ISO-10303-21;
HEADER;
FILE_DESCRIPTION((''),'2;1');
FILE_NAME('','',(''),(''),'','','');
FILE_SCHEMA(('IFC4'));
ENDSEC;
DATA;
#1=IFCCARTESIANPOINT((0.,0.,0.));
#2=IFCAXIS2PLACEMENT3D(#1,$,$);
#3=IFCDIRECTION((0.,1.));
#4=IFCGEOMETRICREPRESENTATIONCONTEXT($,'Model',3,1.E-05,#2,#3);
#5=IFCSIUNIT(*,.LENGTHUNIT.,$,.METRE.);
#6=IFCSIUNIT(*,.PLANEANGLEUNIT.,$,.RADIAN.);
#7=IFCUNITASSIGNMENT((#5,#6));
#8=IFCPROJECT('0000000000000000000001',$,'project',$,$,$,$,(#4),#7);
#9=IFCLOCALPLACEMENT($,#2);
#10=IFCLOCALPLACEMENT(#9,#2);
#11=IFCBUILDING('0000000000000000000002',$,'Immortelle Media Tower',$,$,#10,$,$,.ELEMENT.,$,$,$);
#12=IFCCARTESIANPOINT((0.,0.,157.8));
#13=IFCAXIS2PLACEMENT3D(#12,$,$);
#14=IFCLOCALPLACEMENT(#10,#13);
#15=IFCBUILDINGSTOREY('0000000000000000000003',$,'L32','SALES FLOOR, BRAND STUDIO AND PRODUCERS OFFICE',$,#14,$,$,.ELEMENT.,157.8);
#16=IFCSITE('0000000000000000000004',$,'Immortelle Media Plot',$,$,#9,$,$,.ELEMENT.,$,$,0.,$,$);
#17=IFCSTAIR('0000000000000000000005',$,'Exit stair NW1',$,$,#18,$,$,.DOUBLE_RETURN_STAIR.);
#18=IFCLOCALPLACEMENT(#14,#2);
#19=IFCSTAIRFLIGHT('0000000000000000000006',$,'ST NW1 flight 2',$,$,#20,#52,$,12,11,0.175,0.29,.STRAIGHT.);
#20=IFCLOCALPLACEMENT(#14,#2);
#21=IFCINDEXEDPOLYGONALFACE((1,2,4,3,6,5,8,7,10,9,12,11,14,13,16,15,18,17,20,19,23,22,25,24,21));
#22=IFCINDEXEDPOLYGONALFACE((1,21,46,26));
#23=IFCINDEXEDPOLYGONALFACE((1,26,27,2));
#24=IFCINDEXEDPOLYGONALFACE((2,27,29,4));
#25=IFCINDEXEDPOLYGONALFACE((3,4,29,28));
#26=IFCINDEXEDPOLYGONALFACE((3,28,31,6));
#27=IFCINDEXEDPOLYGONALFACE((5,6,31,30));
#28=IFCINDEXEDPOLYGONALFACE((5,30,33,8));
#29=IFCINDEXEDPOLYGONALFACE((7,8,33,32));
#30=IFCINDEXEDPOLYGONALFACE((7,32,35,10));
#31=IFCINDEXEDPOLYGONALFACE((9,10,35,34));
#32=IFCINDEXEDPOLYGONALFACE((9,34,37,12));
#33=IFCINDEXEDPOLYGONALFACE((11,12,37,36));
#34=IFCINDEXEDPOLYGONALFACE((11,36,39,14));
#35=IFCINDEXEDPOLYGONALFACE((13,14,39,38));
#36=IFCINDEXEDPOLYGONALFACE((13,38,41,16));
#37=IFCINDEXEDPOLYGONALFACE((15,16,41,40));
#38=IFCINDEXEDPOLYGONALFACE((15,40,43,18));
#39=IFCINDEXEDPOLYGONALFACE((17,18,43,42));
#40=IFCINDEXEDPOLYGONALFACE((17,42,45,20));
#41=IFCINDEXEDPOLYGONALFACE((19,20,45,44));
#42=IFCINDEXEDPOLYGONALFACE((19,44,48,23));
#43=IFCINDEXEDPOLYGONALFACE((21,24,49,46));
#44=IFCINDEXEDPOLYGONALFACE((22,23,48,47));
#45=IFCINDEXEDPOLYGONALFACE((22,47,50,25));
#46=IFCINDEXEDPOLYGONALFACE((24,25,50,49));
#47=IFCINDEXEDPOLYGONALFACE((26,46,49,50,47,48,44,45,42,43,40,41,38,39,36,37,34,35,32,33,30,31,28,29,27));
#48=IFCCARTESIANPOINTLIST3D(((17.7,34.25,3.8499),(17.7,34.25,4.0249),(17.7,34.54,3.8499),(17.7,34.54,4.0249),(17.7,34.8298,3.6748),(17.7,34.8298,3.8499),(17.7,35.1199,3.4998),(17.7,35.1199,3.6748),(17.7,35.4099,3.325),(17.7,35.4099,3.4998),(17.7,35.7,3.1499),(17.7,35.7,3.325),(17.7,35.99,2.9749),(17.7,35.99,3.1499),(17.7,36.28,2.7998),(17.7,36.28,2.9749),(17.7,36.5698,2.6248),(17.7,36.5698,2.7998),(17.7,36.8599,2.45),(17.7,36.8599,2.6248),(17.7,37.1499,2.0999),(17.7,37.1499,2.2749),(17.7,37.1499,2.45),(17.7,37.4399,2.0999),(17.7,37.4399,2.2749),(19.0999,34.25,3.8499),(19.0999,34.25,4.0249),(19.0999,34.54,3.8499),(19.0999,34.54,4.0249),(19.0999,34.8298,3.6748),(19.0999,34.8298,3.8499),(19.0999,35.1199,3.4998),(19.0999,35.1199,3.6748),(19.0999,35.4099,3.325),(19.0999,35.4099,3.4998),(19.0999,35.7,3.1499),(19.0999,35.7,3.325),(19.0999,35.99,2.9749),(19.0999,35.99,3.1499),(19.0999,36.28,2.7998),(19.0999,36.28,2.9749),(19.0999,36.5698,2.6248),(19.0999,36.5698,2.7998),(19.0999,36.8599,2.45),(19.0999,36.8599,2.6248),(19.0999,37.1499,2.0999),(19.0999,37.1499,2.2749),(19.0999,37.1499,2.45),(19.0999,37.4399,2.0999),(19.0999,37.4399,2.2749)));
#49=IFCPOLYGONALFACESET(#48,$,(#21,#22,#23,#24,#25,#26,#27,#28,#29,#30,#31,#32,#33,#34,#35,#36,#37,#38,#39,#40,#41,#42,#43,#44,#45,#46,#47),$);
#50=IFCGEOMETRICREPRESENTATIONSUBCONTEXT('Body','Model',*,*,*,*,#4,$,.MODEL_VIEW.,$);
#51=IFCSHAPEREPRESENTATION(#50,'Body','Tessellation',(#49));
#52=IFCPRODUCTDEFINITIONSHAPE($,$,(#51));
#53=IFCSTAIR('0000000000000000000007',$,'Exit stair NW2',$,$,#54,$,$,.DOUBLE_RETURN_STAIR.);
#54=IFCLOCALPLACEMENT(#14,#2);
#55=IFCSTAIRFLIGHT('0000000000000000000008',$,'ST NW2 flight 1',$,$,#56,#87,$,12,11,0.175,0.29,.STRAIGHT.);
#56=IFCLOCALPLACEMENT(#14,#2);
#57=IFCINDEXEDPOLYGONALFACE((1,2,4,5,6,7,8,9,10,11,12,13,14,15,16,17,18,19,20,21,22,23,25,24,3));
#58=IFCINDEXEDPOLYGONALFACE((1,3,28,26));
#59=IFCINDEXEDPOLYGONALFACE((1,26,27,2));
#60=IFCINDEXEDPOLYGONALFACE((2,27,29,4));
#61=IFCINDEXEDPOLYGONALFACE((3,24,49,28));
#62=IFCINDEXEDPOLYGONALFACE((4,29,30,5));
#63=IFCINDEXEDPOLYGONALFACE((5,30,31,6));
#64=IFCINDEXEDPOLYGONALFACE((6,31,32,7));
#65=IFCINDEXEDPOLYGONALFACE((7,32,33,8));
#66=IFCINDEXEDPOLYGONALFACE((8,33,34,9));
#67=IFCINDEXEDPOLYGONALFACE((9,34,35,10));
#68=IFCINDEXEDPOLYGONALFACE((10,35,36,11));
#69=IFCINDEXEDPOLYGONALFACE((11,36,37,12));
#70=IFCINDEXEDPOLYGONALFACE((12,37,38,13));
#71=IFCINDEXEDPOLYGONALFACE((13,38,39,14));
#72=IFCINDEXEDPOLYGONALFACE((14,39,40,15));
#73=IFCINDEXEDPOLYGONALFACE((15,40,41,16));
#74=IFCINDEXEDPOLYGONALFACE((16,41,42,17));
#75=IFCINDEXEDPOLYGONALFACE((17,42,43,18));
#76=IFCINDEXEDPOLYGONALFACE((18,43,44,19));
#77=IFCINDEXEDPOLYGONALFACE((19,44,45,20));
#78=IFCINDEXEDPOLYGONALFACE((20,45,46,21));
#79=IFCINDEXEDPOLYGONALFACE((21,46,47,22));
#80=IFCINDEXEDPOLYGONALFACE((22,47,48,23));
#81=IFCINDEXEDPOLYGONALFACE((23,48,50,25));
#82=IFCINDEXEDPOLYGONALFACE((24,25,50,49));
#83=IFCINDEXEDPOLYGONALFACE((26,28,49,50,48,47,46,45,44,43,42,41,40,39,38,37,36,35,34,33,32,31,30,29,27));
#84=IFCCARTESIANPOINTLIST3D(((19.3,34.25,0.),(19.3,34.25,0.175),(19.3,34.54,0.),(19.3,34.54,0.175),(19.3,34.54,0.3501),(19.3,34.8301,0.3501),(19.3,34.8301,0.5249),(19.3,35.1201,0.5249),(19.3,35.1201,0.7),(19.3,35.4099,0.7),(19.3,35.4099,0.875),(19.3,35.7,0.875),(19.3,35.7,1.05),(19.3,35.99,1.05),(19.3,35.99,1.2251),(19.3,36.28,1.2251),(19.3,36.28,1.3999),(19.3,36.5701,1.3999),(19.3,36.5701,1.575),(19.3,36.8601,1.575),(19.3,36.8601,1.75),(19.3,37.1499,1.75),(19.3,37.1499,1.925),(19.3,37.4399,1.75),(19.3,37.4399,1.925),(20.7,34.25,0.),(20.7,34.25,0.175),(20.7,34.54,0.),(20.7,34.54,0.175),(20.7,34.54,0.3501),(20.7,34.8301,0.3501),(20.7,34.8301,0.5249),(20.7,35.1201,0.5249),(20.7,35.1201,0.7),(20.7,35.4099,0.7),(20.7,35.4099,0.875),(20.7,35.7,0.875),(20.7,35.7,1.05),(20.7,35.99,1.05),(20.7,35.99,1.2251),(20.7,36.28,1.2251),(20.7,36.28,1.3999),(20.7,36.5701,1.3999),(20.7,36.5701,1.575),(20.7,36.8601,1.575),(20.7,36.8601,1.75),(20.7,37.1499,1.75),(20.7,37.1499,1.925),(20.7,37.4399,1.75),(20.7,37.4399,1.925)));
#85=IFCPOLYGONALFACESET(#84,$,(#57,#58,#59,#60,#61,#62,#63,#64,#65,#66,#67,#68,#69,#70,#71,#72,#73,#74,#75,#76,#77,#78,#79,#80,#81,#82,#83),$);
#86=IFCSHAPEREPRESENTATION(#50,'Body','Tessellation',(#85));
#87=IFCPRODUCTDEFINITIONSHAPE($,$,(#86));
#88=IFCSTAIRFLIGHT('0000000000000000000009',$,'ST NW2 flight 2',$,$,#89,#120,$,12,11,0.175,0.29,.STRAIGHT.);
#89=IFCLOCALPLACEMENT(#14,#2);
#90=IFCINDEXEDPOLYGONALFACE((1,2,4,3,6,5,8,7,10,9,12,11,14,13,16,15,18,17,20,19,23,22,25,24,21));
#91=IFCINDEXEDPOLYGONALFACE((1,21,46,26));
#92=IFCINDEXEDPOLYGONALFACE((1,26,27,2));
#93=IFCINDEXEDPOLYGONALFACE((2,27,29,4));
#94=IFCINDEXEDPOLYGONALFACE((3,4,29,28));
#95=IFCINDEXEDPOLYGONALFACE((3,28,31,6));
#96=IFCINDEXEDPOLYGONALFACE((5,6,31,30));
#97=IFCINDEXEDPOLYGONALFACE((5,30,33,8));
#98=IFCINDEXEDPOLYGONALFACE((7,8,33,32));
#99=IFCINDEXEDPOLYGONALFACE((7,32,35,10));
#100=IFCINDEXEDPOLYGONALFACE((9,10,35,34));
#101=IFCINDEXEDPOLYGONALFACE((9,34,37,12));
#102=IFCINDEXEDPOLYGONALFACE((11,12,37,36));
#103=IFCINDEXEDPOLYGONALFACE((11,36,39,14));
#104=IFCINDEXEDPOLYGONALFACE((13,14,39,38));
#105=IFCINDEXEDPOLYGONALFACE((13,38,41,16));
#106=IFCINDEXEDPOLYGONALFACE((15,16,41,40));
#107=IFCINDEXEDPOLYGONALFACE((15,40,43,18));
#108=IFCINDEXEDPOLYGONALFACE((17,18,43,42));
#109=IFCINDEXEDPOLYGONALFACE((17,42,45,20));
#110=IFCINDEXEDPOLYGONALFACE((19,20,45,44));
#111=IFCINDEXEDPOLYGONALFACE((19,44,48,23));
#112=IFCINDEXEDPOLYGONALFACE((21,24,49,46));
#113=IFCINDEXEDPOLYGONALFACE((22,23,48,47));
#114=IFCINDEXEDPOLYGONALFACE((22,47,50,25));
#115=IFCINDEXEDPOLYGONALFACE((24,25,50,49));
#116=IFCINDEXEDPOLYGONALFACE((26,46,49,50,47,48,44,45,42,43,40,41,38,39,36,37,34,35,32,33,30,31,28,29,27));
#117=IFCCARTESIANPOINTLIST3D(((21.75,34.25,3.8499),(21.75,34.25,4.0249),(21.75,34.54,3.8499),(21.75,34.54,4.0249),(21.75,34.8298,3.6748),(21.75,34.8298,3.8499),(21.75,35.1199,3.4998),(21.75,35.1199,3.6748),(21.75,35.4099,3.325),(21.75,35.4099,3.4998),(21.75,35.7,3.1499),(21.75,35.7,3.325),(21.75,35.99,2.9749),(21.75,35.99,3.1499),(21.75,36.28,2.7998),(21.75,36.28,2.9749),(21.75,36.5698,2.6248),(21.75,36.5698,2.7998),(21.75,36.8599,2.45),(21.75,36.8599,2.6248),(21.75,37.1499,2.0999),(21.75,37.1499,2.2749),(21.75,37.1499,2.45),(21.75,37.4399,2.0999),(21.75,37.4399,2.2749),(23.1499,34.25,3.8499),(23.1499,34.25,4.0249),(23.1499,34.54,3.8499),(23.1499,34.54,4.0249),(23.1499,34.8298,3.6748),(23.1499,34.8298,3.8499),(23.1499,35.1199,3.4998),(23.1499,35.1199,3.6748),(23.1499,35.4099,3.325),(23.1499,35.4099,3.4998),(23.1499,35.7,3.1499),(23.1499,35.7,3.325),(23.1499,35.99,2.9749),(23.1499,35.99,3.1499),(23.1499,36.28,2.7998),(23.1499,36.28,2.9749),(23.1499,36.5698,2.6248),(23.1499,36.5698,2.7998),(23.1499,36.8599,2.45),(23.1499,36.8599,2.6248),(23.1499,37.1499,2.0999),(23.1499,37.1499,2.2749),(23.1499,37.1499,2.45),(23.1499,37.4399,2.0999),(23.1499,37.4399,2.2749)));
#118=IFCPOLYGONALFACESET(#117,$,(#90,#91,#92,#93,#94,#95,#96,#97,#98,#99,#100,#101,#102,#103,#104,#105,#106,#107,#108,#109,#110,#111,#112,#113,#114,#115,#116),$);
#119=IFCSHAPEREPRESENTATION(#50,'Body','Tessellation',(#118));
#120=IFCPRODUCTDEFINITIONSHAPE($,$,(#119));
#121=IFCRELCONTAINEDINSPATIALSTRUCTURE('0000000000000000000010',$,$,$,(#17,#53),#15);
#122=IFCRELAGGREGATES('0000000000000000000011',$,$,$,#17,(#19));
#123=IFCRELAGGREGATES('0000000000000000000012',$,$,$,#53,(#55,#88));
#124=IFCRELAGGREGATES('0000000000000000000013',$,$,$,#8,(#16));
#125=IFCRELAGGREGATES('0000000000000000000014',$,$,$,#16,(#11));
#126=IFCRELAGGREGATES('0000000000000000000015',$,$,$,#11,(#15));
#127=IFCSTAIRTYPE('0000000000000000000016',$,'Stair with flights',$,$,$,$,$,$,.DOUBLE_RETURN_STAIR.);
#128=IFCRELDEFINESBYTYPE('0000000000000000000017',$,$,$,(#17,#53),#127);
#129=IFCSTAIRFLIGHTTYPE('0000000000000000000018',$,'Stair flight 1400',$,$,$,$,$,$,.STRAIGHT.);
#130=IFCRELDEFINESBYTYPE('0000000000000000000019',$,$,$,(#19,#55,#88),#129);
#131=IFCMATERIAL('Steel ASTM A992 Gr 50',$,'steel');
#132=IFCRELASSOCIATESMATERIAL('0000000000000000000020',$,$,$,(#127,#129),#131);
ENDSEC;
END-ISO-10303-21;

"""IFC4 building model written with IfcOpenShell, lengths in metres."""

from ifc_helpers import new_model, si_unit, direction, frame, origin, place, context, subcontext, project, spatial, polyline, outline, extrude, material, type_object, element, aggregate, save


model = new_model("IFC4")

# Units and contexts
model_context = context("Model", 3, precision=1e-05, world=origin(), true_north=direction((0.0, 1.0)))
body_context = subcontext(model_context, "Body", "Model", "MODEL_VIEW")
ifc_project = project(units=[si_unit("LENGTHUNIT", "METRE"), si_unit("PLANEANGLEUNIT", "RADIAN")], contexts=[model_context])

# Site, building, storey
site_placement = place(None, origin())
site = spatial("IfcSite", under=ifc_project, at=site_placement, Name="Immortelle Media Plot", CompositionType="ELEMENT", RefElevation=0.0)
building_placement = place(site_placement, origin())
building = spatial("IfcBuilding", under=site, at=building_placement, Name="Immortelle Media Tower", CompositionType="ELEMENT")
storey_placement = place(building_placement, frame((0.0, 0.0, 157.8)))
storey = spatial("IfcBuildingStorey", under=building, at=storey_placement, Name="L32", Description="SALES FLOOR, BRAND STUDIO AND PRODUCERS OFFICE", CompositionType="ELEMENT", Elevation=157.8)

# Shared definitions
ifc_material_1 = material(Name="Steel ASTM A992 Gr 50", Category="steel")

# Stairs, stair flights
stair_type = type_object("IfcStairType", Name="Stair with flights", PredefinedType="DOUBLE_RETURN_STAIR", material=ifc_material_1)
stair_1_placement = place(storey_placement, origin())
stair_1 = element("IfcStair", 1, at=stair_1_placement, inside=storey, type_object=stair_type, Name="Exit stair NW1", PredefinedType="DOUBLE_RETURN_STAIR")
stair_flight_type = type_object("IfcStairFlightType", Name="Stair flight 1400", PredefinedType="STRAIGHT", material=ifc_material_1)
stair_flight_1_placement = place(storey_placement, frame((18.3999, 37.4399, 2.0999), z_axis=(0.0, 0.0, 1.0), x_axis=(0.0, -1.0, 0.0)))
stair_flight_1 = element("IfcStairFlight", 2, at=stair_flight_1_placement, type_object=stair_flight_type, Name="ST NW1 flight 2", NumberOfRisers=12, NumberOfTreads=11, PredefinedType="STRAIGHT", RiserHeight=0.175, TreadLength=0.29, context=body_context, shape_type="SweptSolid", body=[
    extrude(outline(polyline([(0.0, 0.0), (0.0, 0.175), (0.29, 0.175), (0.29, 0.3501), (0.5801, 0.3501), (0.5801, 0.5249), (0.8701, 0.5249), (0.8701, 0.7), (1.1599, 0.7), (1.1599, 0.875), (1.45, 0.875), (1.45, 1.05), (1.74, 1.05), (1.74, 1.2251), (2.03, 1.2251), (2.03, 1.3999), (2.3201, 1.3999), (2.3201, 1.575), (2.6101, 1.575), (2.6101, 1.75), (2.8999, 1.75), (2.8999, 1.925), (3.1899, 1.925), (3.1899, 2.1001), (3.1899, 1.75), (0.29, 0.0), (0.0, 0.0)])), frame((0.0, 0.7, 0.0), z_axis=(0.0, -1.0, 0.0), x_axis=(1.0, 0.0, 0.0)), (0.0, 0.0, 1.0), 1.3999),
])
aggregate(stair_1, [stair_flight_1])
stair_2_placement = place(storey_placement, origin())
stair_2 = element("IfcStair", 3, at=stair_2_placement, inside=storey, type_object=stair_type, Name="Exit stair NW2", PredefinedType="DOUBLE_RETURN_STAIR")
stair_flight_2_placement = place(storey_placement, frame((20.0, 34.25, 0.0), z_axis=(0.0, 0.0, 1.0), x_axis=(0.0, 1.0, 0.0)))
stair_flight_2 = element("IfcStairFlight", 4, at=stair_flight_2_placement, type_object=stair_flight_type, Name="ST NW2 flight 1", NumberOfRisers=12, NumberOfTreads=11, PredefinedType="STRAIGHT", RiserHeight=0.175, TreadLength=0.29, context=body_context, shape_type="SweptSolid", body=[
    extrude(outline(polyline([(0.0, 0.0), (0.0, 0.175), (0.29, 0.175), (0.29, 0.3501), (0.5801, 0.3501), (0.5801, 0.5249), (0.8701, 0.5249), (0.8701, 0.7), (1.1599, 0.7), (1.1599, 0.875), (1.45, 0.875), (1.45, 1.05), (1.74, 1.05), (1.74, 1.2251), (2.03, 1.2251), (2.03, 1.3999), (2.3201, 1.3999), (2.3201, 1.575), (2.6101, 1.575), (2.6101, 1.75), (2.8999, 1.75), (2.8999, 1.925), (3.1899, 1.925), (3.1899, 2.1001), (3.1899, 1.75), (0.29, 0.0), (0.0, 0.0)])), frame((0.0, 0.7, 0.0), z_axis=(0.0, -1.0, 0.0), x_axis=(1.0, 0.0, 0.0)), (0.0, 0.0, 1.0), 1.3999),
])
stair_flight_3_placement = place(storey_placement, frame((22.45, 37.4399, 2.0999), z_axis=(0.0, 0.0, 1.0), x_axis=(0.0, -1.0, 0.0)))
stair_flight_3 = element("IfcStairFlight", 5, at=stair_flight_3_placement, type_object=stair_flight_type, Name="ST NW2 flight 2", NumberOfRisers=12, NumberOfTreads=11, PredefinedType="STRAIGHT", RiserHeight=0.175, TreadLength=0.29, context=body_context, shape_type="SweptSolid", body=[
    extrude(outline(polyline([(0.0, 0.0), (0.0, 0.175), (0.29, 0.175), (0.29, 0.3501), (0.5801, 0.3501), (0.5801, 0.5249), (0.8701, 0.5249), (0.8701, 0.7), (1.1599, 0.7), (1.1599, 0.875), (1.45, 0.875), (1.45, 1.05), (1.74, 1.05), (1.74, 1.2251), (2.03, 1.2251), (2.03, 1.3999), (2.3201, 1.3999), (2.3201, 1.575), (2.6101, 1.575), (2.6101, 1.75), (2.8999, 1.75), (2.8999, 1.925), (3.1899, 1.925), (3.1899, 2.1001), (3.1899, 1.75), (0.29, 0.0), (0.0, 0.0)])), frame((0.0, 0.7, 0.0), z_axis=(0.0, -1.0, 0.0), x_axis=(1.0, 0.0, 0.0)), (0.0, 0.0, 1.0), 1.3999),
])
aggregate(stair_2, [stair_flight_2, stair_flight_3])

save(model, "model.ifc")
